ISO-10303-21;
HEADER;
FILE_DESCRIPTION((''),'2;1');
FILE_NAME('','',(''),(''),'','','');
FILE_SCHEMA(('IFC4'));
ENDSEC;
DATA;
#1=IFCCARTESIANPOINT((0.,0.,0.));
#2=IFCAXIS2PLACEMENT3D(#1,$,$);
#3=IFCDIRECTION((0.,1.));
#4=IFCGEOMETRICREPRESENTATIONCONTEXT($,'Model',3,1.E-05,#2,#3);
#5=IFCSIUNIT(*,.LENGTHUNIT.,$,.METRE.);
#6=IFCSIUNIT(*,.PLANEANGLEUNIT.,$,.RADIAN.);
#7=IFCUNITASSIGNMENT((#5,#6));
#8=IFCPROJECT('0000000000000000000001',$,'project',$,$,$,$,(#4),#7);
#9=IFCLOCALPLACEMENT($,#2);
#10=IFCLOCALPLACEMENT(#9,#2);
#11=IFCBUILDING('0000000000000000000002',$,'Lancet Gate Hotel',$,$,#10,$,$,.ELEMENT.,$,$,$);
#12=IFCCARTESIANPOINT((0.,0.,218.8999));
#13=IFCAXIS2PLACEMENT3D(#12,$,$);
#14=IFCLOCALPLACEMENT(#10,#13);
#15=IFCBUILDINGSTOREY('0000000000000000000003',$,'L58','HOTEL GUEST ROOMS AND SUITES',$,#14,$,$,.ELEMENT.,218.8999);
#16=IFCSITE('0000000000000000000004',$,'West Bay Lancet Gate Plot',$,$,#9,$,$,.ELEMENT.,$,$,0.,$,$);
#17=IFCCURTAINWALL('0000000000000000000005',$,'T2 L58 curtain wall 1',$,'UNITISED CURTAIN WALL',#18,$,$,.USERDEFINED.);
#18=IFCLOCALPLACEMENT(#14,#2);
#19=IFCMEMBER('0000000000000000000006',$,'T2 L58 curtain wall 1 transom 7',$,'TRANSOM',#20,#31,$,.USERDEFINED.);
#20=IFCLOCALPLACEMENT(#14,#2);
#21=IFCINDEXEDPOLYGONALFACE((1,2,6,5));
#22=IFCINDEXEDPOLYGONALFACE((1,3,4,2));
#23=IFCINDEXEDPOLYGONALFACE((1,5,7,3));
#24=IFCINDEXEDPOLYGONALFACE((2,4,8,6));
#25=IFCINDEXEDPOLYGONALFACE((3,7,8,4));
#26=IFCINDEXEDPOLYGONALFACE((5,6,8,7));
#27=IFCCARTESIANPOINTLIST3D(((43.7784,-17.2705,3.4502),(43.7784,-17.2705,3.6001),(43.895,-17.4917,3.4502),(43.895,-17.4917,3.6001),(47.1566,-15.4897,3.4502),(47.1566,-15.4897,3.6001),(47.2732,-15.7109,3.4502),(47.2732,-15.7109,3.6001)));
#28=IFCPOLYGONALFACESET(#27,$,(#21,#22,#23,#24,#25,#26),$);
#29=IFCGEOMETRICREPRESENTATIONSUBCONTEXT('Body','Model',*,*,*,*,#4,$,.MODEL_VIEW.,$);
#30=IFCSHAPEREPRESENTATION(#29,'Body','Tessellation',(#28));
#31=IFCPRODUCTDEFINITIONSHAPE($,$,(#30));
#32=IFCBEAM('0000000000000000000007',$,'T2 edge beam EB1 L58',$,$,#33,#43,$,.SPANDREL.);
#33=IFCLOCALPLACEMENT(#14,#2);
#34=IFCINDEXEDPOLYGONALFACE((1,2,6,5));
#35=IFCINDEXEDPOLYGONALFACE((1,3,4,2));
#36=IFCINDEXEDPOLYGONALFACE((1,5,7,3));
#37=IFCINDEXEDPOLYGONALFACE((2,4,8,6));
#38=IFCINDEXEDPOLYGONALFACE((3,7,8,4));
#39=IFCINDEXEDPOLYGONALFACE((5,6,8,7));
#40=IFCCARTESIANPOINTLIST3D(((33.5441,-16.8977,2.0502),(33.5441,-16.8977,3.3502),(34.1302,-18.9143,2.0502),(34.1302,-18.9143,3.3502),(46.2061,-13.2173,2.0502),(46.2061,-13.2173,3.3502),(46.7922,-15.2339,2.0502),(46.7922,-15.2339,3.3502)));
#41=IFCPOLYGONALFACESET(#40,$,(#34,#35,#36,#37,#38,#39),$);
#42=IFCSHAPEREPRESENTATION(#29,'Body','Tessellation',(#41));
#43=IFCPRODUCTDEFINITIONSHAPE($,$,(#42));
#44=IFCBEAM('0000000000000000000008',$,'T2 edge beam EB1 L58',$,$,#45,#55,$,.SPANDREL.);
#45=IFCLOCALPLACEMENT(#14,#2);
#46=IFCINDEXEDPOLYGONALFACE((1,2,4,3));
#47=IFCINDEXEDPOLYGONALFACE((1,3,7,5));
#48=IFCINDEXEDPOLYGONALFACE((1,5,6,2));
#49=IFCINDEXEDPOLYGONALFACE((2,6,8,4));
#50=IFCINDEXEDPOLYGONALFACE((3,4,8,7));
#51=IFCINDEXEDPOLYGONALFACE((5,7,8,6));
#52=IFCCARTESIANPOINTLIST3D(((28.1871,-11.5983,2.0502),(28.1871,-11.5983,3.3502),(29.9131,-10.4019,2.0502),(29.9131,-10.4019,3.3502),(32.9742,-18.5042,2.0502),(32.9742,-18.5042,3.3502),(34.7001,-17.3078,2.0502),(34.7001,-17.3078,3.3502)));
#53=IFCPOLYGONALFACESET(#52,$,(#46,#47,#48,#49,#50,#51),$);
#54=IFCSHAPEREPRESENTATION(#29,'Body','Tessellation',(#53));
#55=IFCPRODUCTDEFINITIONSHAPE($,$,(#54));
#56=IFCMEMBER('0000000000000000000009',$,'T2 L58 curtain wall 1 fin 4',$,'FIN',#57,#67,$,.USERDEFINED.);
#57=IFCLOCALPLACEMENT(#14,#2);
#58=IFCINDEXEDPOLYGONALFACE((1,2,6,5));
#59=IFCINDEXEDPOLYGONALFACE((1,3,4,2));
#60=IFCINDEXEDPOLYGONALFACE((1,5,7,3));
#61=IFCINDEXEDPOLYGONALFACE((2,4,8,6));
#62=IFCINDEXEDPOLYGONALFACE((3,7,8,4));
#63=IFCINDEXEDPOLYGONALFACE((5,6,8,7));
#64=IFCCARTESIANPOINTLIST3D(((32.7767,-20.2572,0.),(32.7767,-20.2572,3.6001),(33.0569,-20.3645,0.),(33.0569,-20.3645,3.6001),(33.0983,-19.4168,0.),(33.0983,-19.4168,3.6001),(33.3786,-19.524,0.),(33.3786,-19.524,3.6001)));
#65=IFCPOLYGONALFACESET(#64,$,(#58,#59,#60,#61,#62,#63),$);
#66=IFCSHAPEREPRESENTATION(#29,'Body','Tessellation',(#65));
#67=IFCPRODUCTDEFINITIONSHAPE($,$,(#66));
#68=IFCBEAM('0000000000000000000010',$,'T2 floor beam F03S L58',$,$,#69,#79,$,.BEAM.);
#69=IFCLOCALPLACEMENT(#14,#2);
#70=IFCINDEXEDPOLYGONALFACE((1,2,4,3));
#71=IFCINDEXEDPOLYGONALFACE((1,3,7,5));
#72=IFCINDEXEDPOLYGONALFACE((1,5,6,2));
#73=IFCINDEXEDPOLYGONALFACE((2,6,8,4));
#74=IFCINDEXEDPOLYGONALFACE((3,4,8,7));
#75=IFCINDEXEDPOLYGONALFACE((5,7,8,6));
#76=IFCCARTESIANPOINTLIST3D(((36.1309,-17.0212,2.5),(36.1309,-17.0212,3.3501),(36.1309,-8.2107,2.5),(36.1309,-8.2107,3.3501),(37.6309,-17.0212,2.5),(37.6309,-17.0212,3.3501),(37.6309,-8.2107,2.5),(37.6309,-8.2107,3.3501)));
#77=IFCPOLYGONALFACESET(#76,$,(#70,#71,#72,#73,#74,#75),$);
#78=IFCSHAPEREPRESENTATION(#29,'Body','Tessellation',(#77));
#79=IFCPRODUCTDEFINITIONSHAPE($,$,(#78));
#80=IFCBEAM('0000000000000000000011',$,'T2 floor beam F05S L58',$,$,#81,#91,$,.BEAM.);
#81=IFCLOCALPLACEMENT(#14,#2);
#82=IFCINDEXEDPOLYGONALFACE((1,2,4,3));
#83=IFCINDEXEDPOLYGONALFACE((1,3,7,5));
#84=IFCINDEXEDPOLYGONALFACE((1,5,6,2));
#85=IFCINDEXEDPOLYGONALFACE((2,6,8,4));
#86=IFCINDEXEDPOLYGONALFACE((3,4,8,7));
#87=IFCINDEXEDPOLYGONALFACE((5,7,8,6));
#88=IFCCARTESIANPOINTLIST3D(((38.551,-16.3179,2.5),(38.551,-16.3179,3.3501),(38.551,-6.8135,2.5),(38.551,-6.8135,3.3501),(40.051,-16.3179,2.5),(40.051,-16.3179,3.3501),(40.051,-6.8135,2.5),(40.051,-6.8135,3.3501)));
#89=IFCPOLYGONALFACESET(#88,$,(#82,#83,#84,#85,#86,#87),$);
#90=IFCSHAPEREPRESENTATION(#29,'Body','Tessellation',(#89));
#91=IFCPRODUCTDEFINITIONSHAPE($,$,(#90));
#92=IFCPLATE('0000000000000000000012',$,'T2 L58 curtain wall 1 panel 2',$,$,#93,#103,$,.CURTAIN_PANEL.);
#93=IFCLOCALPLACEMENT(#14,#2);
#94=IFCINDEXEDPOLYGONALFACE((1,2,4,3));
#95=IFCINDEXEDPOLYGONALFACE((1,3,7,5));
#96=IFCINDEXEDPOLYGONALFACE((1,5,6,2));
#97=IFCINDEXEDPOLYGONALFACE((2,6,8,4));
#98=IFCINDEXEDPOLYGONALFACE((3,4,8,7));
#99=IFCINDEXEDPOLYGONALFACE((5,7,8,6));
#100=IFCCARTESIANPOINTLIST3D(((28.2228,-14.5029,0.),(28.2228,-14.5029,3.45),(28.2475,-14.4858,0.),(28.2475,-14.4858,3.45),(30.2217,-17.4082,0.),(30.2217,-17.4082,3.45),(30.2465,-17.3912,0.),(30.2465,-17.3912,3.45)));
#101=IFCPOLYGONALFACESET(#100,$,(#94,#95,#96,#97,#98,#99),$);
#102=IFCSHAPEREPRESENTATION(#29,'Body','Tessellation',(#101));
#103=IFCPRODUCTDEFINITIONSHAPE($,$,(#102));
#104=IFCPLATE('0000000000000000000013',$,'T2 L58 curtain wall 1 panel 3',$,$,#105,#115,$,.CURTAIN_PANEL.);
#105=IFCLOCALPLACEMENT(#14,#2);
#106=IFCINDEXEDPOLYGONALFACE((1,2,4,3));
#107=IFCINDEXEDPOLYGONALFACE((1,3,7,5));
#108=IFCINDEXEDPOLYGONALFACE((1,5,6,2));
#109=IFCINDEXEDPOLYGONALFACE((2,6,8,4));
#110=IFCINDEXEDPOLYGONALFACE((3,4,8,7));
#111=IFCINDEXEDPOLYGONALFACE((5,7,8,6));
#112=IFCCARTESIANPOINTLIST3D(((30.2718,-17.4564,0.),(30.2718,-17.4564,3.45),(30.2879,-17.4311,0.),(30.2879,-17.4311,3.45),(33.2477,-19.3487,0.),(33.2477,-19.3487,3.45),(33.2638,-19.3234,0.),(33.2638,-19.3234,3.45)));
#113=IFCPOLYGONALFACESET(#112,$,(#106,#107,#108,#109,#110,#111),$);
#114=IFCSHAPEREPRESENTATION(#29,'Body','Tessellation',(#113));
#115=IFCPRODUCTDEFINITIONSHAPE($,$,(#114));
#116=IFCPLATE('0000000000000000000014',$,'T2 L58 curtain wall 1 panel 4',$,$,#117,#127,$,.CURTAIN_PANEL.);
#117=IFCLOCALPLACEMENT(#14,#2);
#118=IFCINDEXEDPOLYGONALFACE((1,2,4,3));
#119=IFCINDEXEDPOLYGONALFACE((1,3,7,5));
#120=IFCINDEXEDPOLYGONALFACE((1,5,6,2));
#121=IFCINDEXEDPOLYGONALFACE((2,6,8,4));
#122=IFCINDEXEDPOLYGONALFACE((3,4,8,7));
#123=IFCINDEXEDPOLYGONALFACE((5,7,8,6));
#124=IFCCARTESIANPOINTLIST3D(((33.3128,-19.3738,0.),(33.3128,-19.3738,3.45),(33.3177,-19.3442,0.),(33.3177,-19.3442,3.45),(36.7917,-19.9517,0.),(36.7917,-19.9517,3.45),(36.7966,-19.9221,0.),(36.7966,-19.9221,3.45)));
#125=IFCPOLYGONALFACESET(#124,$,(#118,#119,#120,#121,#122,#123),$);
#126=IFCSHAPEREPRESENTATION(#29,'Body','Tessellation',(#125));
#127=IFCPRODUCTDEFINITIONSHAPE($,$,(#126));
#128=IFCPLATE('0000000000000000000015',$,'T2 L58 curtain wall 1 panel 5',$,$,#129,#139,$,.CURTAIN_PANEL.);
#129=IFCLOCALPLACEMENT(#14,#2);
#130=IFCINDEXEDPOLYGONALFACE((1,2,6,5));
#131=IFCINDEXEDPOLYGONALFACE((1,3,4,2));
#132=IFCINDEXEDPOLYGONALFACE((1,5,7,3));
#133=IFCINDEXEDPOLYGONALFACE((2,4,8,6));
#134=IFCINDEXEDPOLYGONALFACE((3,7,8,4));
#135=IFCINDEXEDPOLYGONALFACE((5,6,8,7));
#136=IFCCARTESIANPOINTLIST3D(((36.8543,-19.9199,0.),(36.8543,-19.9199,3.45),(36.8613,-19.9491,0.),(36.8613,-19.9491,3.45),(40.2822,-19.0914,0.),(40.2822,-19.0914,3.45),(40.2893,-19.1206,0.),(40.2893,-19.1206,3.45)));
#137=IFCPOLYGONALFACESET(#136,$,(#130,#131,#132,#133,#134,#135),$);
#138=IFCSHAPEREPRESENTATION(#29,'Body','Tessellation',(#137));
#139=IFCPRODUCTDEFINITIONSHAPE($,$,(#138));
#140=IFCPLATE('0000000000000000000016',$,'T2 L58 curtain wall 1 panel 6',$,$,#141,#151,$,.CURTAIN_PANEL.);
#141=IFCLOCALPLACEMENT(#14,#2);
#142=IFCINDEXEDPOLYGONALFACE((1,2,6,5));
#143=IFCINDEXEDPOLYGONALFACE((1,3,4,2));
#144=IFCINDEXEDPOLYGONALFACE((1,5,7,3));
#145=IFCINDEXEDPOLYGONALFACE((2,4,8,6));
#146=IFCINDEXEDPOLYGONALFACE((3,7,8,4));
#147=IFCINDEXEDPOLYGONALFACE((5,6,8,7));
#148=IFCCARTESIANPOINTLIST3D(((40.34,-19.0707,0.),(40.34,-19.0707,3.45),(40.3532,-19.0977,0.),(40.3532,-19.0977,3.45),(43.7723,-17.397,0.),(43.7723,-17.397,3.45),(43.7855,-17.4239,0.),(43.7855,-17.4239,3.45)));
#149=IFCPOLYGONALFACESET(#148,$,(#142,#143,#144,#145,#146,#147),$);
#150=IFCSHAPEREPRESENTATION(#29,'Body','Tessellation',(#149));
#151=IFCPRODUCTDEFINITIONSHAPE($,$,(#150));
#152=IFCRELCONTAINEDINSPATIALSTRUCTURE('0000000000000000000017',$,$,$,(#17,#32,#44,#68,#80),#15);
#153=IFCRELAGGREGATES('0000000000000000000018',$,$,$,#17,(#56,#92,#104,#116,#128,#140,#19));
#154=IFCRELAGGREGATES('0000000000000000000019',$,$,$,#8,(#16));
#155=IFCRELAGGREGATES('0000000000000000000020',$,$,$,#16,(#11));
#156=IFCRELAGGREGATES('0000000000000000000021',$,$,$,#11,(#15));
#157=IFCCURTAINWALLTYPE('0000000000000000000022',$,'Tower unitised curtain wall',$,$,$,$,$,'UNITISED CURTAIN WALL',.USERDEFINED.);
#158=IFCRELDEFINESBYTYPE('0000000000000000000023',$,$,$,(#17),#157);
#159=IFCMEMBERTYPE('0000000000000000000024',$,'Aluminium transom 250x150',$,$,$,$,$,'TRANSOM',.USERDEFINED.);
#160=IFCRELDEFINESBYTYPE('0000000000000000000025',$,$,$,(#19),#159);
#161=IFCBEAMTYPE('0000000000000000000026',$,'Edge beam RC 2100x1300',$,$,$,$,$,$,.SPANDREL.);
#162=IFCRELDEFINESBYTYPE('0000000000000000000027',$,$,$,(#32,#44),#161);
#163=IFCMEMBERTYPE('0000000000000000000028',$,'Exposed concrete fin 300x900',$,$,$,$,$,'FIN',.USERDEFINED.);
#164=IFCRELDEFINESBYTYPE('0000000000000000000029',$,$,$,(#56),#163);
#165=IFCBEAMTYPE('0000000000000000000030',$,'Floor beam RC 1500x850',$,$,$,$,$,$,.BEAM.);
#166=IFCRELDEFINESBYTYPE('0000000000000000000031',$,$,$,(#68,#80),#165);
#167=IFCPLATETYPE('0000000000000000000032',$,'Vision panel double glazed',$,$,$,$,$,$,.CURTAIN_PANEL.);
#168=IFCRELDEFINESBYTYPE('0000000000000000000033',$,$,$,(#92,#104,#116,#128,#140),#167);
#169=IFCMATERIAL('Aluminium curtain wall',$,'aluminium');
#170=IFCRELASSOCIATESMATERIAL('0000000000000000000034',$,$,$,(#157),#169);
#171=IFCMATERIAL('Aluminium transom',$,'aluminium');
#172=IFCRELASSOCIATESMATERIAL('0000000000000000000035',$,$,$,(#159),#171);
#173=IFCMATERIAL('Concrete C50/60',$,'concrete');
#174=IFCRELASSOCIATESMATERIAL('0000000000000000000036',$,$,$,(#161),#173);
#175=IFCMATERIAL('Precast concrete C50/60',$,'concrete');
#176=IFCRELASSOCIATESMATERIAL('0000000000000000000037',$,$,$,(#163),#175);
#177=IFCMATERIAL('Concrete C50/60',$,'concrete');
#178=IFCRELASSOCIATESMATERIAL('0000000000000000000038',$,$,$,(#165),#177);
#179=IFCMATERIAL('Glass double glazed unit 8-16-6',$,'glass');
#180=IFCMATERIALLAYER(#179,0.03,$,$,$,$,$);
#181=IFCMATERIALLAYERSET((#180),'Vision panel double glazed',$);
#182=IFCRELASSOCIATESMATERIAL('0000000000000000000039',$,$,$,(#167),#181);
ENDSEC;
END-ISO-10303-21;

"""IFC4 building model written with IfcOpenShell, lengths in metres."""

from ifc_helpers import new_model, si_unit, direction, frame, origin, origin_2d, place, context, subcontext, project, spatial, rectangle, extrude, material, layer, layer_set, material_profile, profile_set, type_object, element, aggregate, save


model = new_model("IFC4")

# Units and contexts
model_context = context("Model", 3, precision=1e-05, world=origin(), true_north=direction((0.0, 1.0)))
body_context = subcontext(model_context, "Body", "Model", "MODEL_VIEW")
ifc_project = project(units=[si_unit("LENGTHUNIT", "METRE"), si_unit("PLANEANGLEUNIT", "RADIAN")], contexts=[model_context])

# Site, building, storey
site_placement = place(None, origin())
site = spatial("IfcSite", under=ifc_project, at=site_placement, Name="West Bay Lancet Gate Plot", CompositionType="ELEMENT", RefElevation=0.0)
building_placement = place(site_placement, origin())
building = spatial("IfcBuilding", under=site, at=building_placement, Name="Lancet Gate Hotel", CompositionType="ELEMENT")
storey_placement = place(building_placement, frame((0.0, 0.0, 218.8999)))
storey = spatial("IfcBuildingStorey", under=building, at=storey_placement, Name="L58", Description="HOTEL GUEST ROOMS AND SUITES", CompositionType="ELEMENT", Elevation=218.8999)

# Curtain wall, member
ifc_material_1 = material(Name="Aluminium curtain wall", Category="aluminium")
curtain_wall_type = type_object("IfcCurtainWallType", Name="Tower unitised curtain wall", ElementType="UNITISED CURTAIN WALL", PredefinedType="USERDEFINED", material=ifc_material_1)
curtain_wall_placement = place(storey_placement, origin())
curtain_wall = element("IfcCurtainWall", 1, at=curtain_wall_placement, inside=storey, type_object=curtain_wall_type, Name="T2 L58 curtain wall 1", ObjectType="UNITISED CURTAIN WALL", PredefinedType="USERDEFINED")
ifc_material_2 = material(Name="Aluminium transom", Category="aluminium")
ifc_material_profile_1 = material_profile(ifc_material_2, rectangle(XDim=0.25, YDim=0.1499, at=origin_2d()), Name="TRANSOM 250x150")
ifc_profile_set_1 = profile_set([ifc_material_profile_1], Name="Aluminium transom")
member_type_1 = type_object("IfcMemberType", Name="Aluminium transom 250x150", ElementType="TRANSOM", PredefinedType="USERDEFINED", material=ifc_profile_set_1)
member_1_placement = place(storey_placement, frame((43.8367, -17.3811, 3.5251), z_axis=(0.884618, 0.466315, 0.0), x_axis=(-0.466315, 0.884618, 0.0)))
member_1 = element("IfcMember", 2, at=member_1_placement, type_object=member_type_1, Name="T2 L58 curtain wall 1 transom 7", ObjectType="TRANSOM", PredefinedType="USERDEFINED", context=body_context, shape_type="SweptSolid", body=[
    extrude(rectangle(XDim=0.25, YDim=0.1499, at=origin_2d()), origin(), (0.0, 0.0, 1.0), 3.8188),
])

# Beams
ifc_material_3 = material(Name="Concrete C50/60", Category="concrete")
ifc_material_profile_2 = material_profile(ifc_material_3, rectangle(XDim=2.1001, YDim=1.3, at=origin_2d()), Name="RC 2100x1300")
ifc_profile_set_2 = profile_set([ifc_material_profile_2], Name="Concrete C50/60")
beam_type_1 = type_object("IfcBeamType", Name="Edge beam RC 2100x1300", PredefinedType="SPANDREL", material=ifc_profile_set_2)
beam_1_placement = place(storey_placement, frame((33.8372, -17.906, 2.7002), z_axis=(0.960258, 0.279113, 0.0), x_axis=(-0.279113, 0.960258, 0.0)))
element("IfcBeam", 3, at=beam_1_placement, inside=storey, type_object=beam_type_1, Name="T2 edge beam EB1 L58", PredefinedType="SPANDREL", context=body_context, shape_type="SweptSolid", body=[
    extrude(rectangle(XDim=2.1001, YDim=1.3, at=origin_2d()), origin(), (0.0, 0.0, 1.0), 13.186),
])
beam_2_placement = place(storey_placement, frame((33.8372, -17.906, 2.7002), z_axis=(-0.569695, 0.821856, 0.0), x_axis=(-0.821856, -0.569695, 0.0)))
element("IfcBeam", 4, at=beam_2_placement, inside=storey, type_object=beam_type_1, Name="T2 edge beam EB1 L58", PredefinedType="SPANDREL", context=body_context, shape_type="SweptSolid", body=[
    extrude(rectangle(XDim=2.1001, YDim=1.3, at=origin_2d()), origin(), (0.0, 0.0, 1.0), 8.4028),
])

# Member
ifc_material_4 = material(Name="Precast concrete C50/60", Category="concrete")
ifc_material_profile_3 = material_profile(ifc_material_4, rectangle(XDim=0.3, YDim=0.8999, at=origin_2d()), Name="FIN 300x900")
ifc_profile_set_3 = profile_set([ifc_material_profile_3], Name="Precast concrete C50/60")
member_type_2 = type_object("IfcMemberType", Name="Exposed concrete fin 300x900", ElementType="FIN", PredefinedType="USERDEFINED", material=ifc_profile_set_3)
member_2_placement = place(storey_placement, frame((33.0776, -19.8906, 0.0), z_axis=(0.0, 0.0, 1.0), x_axis=(0.933943, -0.357421, 0.0)))
member_2 = element("IfcMember", 5, at=member_2_placement, type_object=member_type_2, Name="T2 L58 curtain wall 1 fin 4", ObjectType="FIN", PredefinedType="USERDEFINED", context=body_context, shape_type="SweptSolid", body=[
    extrude(rectangle(XDim=0.3, YDim=0.8999, at=origin_2d()), origin(), (0.0, 0.0, 1.0), 3.6001),
])

# Beams
ifc_material_5 = material(Name="Concrete C50/60", Category="concrete")
ifc_material_profile_4 = material_profile(ifc_material_5, rectangle(XDim=1.5, YDim=0.8501, at=origin_2d()), Name="RC 1500x850")
ifc_profile_set_4 = profile_set([ifc_material_profile_4], Name="Concrete C50/60")
beam_type_2 = type_object("IfcBeamType", Name="Floor beam RC 1500x850", PredefinedType="BEAM", material=ifc_profile_set_4)
beam_3_placement = place(storey_placement, frame((36.8809, -17.0212, 2.925), z_axis=(0.0, 1.0, 0.0), x_axis=(-1.0, 0.0, 0.0)))
element("IfcBeam", 6, at=beam_3_placement, inside=storey, type_object=beam_type_2, Name="T2 floor beam F03S L58", PredefinedType="BEAM", context=body_context, shape_type="SweptSolid", body=[
    extrude(rectangle(XDim=1.5, YDim=0.8501, at=origin_2d()), origin(), (0.0, 0.0, 1.0), 8.8105),
])
beam_4_placement = place(storey_placement, frame((39.301, -16.3179, 2.925), z_axis=(0.0, 1.0, 0.0), x_axis=(-1.0, 0.0, 0.0)))
element("IfcBeam", 7, at=beam_4_placement, inside=storey, type_object=beam_type_2, Name="T2 floor beam F05S L58", PredefinedType="BEAM", context=body_context, shape_type="SweptSolid", body=[
    extrude(rectangle(XDim=1.5, YDim=0.8501, at=origin_2d()), origin(), (0.0, 0.0, 1.0), 9.5044),
])

# Plates
ifc_material_6 = material(Name="Glass double glazed unit 8-16-6", Category="glass")
ifc_layer = layer(ifc_material_6, 0.03)
ifc_layer_set = layer_set([ifc_layer], Name="Vision panel double glazed")
plate_type = type_object("IfcPlateType", Name="Vision panel double glazed", PredefinedType="CURTAIN_PANEL", material=ifc_layer_set)
plate_1_placement = place(storey_placement, frame((29.2346, -15.947, 0.0), z_axis=(0.0, 0.0, 1.0), x_axis=(0.566824, -0.823839, 0.0)))
plate_1 = element("IfcPlate", 8, at=plate_1_placement, type_object=plate_type, Name="T2 L58 curtain wall 1 panel 2", PredefinedType="CURTAIN_PANEL", context=body_context, shape_type="SweptSolid", body=[
    extrude(rectangle(XDim=3.5266, YDim=0.03, at=origin_2d()), origin(), (0.0, 0.0, 1.0), 3.45),
])
plate_2_placement = place(storey_placement, frame((31.7678, -18.3899, 0.0), z_axis=(0.0, 0.0, 1.0), x_axis=(0.843845, -0.536587, 0.0)))
plate_2 = element("IfcPlate", 9, at=plate_2_placement, type_object=plate_type, Name="T2 L58 curtain wall 1 panel 3", PredefinedType="CURTAIN_PANEL", context=body_context, shape_type="SweptSolid", body=[
    extrude(rectangle(XDim=3.5266, YDim=0.03, at=origin_2d()), origin(), (0.0, 0.0, 1.0), 3.45),
])
plate_3_placement = place(storey_placement, frame((35.0547, -19.6479, 0.0), z_axis=(0.0, 0.0, 1.0), x_axis=(0.98648, -0.163881, 0.0)))
plate_3 = element("IfcPlate", 10, at=plate_3_placement, type_object=plate_type, Name="T2 L58 curtain wall 1 panel 4", PredefinedType="CURTAIN_PANEL", context=body_context, shape_type="SweptSolid", body=[
    extrude(rectangle(XDim=3.5266, YDim=0.03, at=origin_2d()), origin(), (0.0, 0.0, 1.0), 3.45),
])
plate_4_placement = place(storey_placement, frame((38.5718, -19.5203, 0.0), z_axis=(0.0, 0.0, 1.0), x_axis=(0.972014, 0.234924, 0.0)))
plate_4 = element("IfcPlate", 11, at=plate_4_placement, type_object=plate_type, Name="T2 L58 curtain wall 1 panel 5", PredefinedType="CURTAIN_PANEL", context=body_context, shape_type="SweptSolid", body=[
    extrude(rectangle(XDim=3.5266, YDim=0.03, at=origin_2d()), origin(), (0.0, 0.0, 1.0), 3.45),
])
plate_5_placement = place(storey_placement, frame((42.0627, -18.2473, 0.0), z_axis=(0.0, 0.0, 1.0), x_axis=(0.898823, 0.438311, 0.0)))
plate_5 = element("IfcPlate", 12, at=plate_5_placement, type_object=plate_type, Name="T2 L58 curtain wall 1 panel 6", PredefinedType="CURTAIN_PANEL", context=body_context, shape_type="SweptSolid", body=[
    extrude(rectangle(XDim=3.8186, YDim=0.03, at=origin_2d()), origin(), (0.0, 0.0, 1.0), 3.45),
])
aggregate(curtain_wall, [member_2, plate_1, plate_2, plate_3, plate_4, plate_5, member_1])

save(model, "model.ifc")
